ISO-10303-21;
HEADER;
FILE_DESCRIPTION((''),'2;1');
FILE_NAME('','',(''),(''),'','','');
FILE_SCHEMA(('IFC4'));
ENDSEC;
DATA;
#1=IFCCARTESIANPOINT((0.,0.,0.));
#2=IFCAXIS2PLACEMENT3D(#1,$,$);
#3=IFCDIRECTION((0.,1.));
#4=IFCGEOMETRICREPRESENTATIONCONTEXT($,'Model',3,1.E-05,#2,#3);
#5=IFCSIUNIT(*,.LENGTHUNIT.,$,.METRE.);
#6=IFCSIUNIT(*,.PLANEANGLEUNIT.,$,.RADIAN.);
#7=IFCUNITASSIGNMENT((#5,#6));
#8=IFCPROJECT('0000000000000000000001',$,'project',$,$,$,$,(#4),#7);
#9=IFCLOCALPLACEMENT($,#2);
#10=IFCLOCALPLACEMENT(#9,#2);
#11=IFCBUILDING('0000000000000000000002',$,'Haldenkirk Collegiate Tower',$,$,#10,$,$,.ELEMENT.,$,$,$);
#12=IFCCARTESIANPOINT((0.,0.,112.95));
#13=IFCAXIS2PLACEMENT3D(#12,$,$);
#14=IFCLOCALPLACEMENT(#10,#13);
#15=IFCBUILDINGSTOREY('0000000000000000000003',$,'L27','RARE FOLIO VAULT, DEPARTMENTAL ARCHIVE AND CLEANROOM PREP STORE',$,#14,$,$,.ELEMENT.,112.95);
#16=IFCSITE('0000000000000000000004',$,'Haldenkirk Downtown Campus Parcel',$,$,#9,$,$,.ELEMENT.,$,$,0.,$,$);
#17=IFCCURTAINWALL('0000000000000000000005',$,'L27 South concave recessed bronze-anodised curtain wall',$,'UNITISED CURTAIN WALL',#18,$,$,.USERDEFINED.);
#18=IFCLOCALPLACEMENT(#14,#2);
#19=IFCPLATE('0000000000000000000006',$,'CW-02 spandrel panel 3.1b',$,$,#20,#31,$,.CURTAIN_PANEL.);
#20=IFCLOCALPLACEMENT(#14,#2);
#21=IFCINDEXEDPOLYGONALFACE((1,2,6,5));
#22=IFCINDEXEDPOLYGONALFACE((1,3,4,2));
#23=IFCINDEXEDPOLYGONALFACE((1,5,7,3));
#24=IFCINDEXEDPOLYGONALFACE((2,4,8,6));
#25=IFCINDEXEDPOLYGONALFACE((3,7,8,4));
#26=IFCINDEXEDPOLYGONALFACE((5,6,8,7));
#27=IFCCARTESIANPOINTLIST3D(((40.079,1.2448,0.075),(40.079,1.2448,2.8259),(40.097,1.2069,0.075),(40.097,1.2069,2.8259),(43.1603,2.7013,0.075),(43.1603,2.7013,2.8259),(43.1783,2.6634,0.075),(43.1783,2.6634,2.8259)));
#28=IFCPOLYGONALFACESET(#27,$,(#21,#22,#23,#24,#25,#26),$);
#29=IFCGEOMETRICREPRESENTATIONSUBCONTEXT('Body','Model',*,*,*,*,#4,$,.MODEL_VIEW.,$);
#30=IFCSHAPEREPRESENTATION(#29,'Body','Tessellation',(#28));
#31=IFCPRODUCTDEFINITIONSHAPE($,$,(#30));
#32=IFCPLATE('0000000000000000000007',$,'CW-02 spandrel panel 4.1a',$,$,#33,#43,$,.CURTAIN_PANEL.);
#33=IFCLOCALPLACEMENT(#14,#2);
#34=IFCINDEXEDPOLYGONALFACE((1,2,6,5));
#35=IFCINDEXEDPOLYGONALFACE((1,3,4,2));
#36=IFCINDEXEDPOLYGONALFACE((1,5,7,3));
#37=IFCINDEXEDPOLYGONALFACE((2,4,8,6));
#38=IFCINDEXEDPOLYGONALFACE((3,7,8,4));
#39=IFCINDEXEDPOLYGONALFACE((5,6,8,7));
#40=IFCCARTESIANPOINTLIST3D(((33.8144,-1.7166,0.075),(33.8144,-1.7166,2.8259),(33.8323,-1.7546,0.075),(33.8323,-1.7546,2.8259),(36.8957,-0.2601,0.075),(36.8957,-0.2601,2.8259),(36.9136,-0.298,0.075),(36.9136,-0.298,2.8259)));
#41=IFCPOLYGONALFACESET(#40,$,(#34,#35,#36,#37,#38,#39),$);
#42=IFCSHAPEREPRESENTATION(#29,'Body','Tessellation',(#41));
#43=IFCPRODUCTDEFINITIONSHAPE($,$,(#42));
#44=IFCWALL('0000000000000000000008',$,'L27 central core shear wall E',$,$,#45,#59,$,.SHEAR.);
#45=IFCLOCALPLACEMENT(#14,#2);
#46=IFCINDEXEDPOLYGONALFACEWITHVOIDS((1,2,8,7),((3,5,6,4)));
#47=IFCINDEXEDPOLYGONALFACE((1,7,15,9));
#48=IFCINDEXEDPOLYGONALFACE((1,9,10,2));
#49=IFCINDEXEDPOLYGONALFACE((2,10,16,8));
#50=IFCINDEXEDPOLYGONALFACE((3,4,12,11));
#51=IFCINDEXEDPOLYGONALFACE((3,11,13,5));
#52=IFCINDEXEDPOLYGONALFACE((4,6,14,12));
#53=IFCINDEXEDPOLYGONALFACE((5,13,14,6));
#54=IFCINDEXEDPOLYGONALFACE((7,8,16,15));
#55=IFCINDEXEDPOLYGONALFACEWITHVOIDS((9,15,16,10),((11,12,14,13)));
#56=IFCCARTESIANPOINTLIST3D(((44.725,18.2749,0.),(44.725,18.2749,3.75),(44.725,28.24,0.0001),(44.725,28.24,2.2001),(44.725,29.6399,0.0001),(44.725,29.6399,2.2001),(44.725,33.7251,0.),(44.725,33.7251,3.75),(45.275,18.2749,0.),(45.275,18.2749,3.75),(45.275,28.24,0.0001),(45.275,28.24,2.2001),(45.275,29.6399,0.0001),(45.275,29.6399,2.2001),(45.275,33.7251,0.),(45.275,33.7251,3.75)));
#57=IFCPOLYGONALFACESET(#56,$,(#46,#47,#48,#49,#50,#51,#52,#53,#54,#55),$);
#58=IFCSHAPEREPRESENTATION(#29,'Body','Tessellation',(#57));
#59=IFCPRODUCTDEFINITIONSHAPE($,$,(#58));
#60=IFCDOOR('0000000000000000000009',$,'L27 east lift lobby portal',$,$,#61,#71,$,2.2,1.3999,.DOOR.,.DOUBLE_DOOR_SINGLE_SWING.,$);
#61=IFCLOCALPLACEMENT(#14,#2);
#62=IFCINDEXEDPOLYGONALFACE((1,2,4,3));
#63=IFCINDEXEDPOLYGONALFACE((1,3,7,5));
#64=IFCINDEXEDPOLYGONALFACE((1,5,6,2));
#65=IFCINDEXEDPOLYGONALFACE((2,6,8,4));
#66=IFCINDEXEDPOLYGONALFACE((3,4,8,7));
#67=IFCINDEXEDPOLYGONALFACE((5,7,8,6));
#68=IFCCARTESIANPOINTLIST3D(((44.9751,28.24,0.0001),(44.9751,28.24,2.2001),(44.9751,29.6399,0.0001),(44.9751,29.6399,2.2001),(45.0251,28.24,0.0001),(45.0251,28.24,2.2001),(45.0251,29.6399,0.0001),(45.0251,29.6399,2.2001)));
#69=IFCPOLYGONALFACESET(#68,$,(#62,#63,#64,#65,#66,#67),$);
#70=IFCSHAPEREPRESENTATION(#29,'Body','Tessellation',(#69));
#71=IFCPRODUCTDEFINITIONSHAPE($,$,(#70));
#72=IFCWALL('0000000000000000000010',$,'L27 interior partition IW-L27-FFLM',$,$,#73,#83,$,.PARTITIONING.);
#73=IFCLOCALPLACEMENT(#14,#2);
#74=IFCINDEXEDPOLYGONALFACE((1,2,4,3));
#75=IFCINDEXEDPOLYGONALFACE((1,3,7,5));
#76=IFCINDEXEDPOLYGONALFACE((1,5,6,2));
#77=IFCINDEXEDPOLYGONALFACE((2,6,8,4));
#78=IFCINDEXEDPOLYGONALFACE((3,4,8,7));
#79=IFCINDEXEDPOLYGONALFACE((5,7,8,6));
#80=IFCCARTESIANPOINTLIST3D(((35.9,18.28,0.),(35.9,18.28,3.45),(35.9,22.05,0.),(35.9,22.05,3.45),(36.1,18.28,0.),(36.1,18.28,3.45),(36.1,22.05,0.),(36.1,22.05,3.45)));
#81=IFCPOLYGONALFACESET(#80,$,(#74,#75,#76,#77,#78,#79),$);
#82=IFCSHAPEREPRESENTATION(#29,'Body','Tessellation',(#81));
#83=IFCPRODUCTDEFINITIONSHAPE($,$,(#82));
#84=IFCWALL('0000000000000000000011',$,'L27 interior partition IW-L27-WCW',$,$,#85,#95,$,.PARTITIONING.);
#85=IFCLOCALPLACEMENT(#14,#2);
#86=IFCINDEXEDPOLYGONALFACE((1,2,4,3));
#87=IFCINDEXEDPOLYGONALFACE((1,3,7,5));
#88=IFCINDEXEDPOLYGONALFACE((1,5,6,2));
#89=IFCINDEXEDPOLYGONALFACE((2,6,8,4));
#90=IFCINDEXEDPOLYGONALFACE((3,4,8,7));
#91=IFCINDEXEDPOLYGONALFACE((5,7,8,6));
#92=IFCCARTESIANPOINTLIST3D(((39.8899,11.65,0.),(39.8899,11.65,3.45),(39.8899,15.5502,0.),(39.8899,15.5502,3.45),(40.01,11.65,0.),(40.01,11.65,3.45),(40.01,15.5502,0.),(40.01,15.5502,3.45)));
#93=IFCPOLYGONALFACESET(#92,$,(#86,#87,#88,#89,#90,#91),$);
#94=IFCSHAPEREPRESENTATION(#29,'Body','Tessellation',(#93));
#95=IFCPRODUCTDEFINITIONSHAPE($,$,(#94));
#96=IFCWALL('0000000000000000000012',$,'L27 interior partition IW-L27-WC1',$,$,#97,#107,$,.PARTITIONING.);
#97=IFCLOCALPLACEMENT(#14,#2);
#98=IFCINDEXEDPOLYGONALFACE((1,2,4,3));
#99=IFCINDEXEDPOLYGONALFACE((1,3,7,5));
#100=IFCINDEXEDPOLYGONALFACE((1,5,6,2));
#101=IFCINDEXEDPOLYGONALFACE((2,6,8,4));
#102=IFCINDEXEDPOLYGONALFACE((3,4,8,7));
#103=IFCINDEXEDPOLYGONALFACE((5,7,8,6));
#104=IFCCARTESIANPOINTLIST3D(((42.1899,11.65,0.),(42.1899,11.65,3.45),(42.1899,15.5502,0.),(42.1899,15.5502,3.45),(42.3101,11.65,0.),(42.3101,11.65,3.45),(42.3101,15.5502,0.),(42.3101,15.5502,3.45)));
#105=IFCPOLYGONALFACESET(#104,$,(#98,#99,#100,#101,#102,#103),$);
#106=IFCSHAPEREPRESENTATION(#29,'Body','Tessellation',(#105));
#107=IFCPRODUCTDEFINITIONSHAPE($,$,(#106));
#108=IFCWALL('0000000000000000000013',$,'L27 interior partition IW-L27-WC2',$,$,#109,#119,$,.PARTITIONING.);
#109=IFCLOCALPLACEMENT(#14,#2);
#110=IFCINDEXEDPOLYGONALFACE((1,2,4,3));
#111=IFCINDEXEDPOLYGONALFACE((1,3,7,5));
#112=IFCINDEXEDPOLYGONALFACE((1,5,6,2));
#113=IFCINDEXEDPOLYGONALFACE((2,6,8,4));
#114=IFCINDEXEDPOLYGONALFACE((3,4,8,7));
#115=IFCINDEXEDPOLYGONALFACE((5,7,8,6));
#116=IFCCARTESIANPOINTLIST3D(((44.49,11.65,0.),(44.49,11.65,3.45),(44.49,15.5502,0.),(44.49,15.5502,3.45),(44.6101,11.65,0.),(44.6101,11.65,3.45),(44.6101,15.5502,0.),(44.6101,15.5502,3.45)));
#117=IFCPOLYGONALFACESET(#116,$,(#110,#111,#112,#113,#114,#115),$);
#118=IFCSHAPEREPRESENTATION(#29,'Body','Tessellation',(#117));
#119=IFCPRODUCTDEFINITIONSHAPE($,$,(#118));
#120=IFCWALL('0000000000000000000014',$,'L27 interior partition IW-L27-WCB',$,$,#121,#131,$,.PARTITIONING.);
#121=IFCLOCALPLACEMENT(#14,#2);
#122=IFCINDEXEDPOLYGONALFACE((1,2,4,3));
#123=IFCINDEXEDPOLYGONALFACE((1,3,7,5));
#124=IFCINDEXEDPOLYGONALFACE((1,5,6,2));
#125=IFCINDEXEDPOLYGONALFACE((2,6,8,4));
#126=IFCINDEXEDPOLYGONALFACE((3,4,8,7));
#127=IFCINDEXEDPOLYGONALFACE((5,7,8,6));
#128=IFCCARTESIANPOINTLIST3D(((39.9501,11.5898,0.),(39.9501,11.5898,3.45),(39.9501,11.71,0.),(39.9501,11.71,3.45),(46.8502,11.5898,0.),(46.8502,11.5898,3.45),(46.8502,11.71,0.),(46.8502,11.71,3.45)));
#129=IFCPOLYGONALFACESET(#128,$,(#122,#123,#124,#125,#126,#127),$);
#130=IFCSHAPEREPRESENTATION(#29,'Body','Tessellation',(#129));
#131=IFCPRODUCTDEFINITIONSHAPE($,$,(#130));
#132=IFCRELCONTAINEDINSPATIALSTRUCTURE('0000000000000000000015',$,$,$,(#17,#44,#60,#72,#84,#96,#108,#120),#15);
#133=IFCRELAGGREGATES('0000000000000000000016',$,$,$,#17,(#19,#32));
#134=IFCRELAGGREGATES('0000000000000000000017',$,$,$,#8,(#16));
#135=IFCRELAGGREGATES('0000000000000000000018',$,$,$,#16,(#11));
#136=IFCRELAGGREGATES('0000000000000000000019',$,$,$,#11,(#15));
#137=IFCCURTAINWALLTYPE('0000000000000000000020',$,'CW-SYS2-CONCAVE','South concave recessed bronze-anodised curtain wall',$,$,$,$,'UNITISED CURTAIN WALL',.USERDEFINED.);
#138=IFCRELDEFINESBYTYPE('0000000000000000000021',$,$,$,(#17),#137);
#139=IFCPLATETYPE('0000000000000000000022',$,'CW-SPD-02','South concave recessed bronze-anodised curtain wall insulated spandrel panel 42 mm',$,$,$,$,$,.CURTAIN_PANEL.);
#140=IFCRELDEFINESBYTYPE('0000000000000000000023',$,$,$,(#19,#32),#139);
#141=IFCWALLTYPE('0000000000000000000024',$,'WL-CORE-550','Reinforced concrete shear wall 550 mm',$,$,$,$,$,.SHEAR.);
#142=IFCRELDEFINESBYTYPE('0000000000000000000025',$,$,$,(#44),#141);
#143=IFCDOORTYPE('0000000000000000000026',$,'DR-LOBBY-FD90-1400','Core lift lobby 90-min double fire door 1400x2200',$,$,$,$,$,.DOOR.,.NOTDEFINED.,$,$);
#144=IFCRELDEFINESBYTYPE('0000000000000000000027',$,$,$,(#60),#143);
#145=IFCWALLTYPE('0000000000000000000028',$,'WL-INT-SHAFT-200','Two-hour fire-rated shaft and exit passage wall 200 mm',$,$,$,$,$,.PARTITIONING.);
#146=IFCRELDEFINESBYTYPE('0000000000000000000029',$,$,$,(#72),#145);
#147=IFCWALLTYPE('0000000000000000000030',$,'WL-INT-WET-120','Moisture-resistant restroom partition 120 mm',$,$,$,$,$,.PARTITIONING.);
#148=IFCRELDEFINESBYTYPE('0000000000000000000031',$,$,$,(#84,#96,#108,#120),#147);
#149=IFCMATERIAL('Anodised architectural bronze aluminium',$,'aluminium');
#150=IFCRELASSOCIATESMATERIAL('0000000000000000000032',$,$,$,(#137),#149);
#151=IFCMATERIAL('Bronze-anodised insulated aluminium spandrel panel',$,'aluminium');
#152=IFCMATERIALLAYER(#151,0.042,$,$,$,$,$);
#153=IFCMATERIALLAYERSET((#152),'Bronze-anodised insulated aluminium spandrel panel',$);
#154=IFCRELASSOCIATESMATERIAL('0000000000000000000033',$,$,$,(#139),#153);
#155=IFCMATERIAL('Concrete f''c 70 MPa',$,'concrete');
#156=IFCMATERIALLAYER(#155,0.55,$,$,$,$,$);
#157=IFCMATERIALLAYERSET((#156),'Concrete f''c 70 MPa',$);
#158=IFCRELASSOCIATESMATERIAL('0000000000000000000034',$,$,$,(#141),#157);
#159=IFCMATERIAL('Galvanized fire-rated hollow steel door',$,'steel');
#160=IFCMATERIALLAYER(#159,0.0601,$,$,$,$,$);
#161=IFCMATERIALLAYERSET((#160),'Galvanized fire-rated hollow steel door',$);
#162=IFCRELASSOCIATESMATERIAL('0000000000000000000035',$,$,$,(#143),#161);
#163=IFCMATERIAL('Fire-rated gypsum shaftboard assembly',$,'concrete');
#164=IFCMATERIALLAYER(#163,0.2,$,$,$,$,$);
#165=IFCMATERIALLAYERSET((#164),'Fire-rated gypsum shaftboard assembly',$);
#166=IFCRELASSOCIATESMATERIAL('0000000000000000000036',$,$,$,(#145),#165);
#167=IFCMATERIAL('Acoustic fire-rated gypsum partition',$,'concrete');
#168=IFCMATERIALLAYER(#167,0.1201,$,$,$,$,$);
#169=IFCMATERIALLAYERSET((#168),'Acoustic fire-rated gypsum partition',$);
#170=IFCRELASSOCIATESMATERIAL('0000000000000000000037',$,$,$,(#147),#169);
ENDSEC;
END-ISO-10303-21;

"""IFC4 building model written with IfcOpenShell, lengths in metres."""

from ifc_helpers import new_model, si_unit, direction, frame, frame_2d, origin, origin_2d, place, context, subcontext, project, spatial, rectangle, extrude, source, transform, mapped, material, layer, layer_set, type_object, element, fill, aggregate, save


model = new_model("IFC4")

# Units and contexts
model_context = context("Model", 3, precision=1e-05, world=origin(), true_north=direction((0.0, 1.0)))
body_context = subcontext(model_context, "Body", "Model", "MODEL_VIEW")
ifc_project = project(units=[si_unit("LENGTHUNIT", "METRE"), si_unit("PLANEANGLEUNIT", "RADIAN")], contexts=[model_context])

# Site, building, storey
site_placement = place(None, origin())
site = spatial("IfcSite", under=ifc_project, at=site_placement, Name="Haldenkirk Downtown Campus Parcel", CompositionType="ELEMENT", RefElevation=0.0)
building_placement = place(site_placement, origin())
building = spatial("IfcBuilding", under=site, at=building_placement, Name="Haldenkirk Collegiate Tower", CompositionType="ELEMENT")
storey_placement = place(building_placement, frame((0.0, 0.0, 112.95)))
storey = spatial("IfcBuildingStorey", under=building, at=storey_placement, Name="L27", Description="RARE FOLIO VAULT, DEPARTMENTAL ARCHIVE AND CLEANROOM PREP STORE", CompositionType="ELEMENT", Elevation=112.95)

# Curtain wall, plates
ifc_material_1 = material(Name="Anodised architectural bronze aluminium", Category="aluminium")
curtain_wall_type = type_object("IfcCurtainWallType", Name="CW-SYS2-CONCAVE", Description="South concave recessed bronze-anodised curtain wall", ElementType="UNITISED CURTAIN WALL", PredefinedType="USERDEFINED", material=ifc_material_1)
curtain_wall_placement = place(storey_placement, origin())
curtain_wall = element("IfcCurtainWall", 1, at=curtain_wall_placement, inside=storey, type_object=curtain_wall_type, Name="L27 South concave recessed bronze-anodised curtain wall", ObjectType="UNITISED CURTAIN WALL", PredefinedType="USERDEFINED")
ifc_material_2 = material(Name="Bronze-anodised insulated aluminium spandrel panel", Category="aluminium")
ifc_layer_1 = layer(ifc_material_2, 0.042)
ifc_layer_set_1 = layer_set([ifc_layer_1], Name="Bronze-anodised insulated aluminium spandrel panel")
plate_type_1 = type_object("IfcPlateType", Name="CW-SPD-02", Description="South concave recessed bronze-anodised curtain wall insulated spandrel panel 42 mm", PredefinedType="CURTAIN_PANEL", material=ifc_layer_set_1)
shared_shape_1 = source(origin(), body_context, "Body", "SweptSolid", [
    extrude(rectangle(XDim=3.4082, YDim=0.042, at=origin_2d()), origin(), (0.0, 0.0, 1.0), 2.751),
])
plate_1_placement = place(storey_placement, frame((41.6287, 1.9541, 0.075), z_axis=(0.0, 0.0, 1.0), x_axis=(-0.904082, -0.427359, 0.0)))
plate_1 = element("IfcPlate", 2, at=plate_1_placement, type_object=plate_type_1, Name="CW-02 spandrel panel 3.1b", PredefinedType="CURTAIN_PANEL", context=body_context, shape_type="MappedRepresentation", body=[
    mapped(shared_shape_1, transform((0.0, 0.0, 0.0), x_axis=(1.0, 0.0, 0.0), y_axis=(0.0, 1.0, 0.0), z_axis=(0.0, 0.0, 1.0), scale=1.0)),
])
plate_2_placement = place(storey_placement, frame((35.364, -1.0073, 0.075), z_axis=(0.0, 0.0, 1.0), x_axis=(-0.904082, -0.427359, 0.0)))
plate_2 = element("IfcPlate", 3, at=plate_2_placement, type_object=plate_type_1, Name="CW-02 spandrel panel 4.1a", PredefinedType="CURTAIN_PANEL", context=body_context, shape_type="MappedRepresentation", body=[
    mapped(shared_shape_1, transform((0.0, 0.0, 0.0), x_axis=(1.0, 0.0, 0.0), y_axis=(0.0, 1.0, 0.0), z_axis=(0.0, 0.0, 1.0), scale=1.0)),
])
aggregate(curtain_wall, [plate_1, plate_2])

# Wall, opening, door
ifc_material_3 = material(Name="Concrete f'c 70 MPa", Category="concrete")
ifc_layer_2 = layer(ifc_material_3, 0.55)
ifc_layer_set_2 = layer_set([ifc_layer_2], Name="Concrete f'c 70 MPa")
wall_type_1 = type_object("IfcWallType", Name="WL-CORE-550", Description="Reinforced concrete shear wall 550 mm", PredefinedType="SHEAR", material=ifc_layer_set_2)
wall_1_placement = place(storey_placement, frame((45.0, 18.2749, 0.0), z_axis=(0.0, 0.0, 1.0), x_axis=(0.0, 1.0, 0.0)))
wall_1 = element("IfcWall", 4, at=wall_1_placement, inside=storey, type_object=wall_type_1, Name="L27 central core shear wall E", PredefinedType="SHEAR", context=body_context, shape_type="SweptSolid", body=[
    extrude(rectangle(XDim=15.4502, YDim=0.55, at=frame_2d((7.7251, 0.0))), origin(), (0.0, 0.0, 1.0), 3.75),
])
opening_placement = place(wall_1_placement, frame((9.9651, 0.0, 0.0)))
opening = element("IfcOpeningElement", 5, at=opening_placement, cuts=wall_1, PredefinedType="OPENING", context=body_context, shape_type="SweptSolid", body=[
    extrude(rectangle(XDim=1.3999, YDim=2.2, at=frame_2d((0.7, 1.1001))), frame((0.0, 0.2849, 0.0), z_axis=(0.0, -1.0, 0.0), x_axis=(1.0, 0.0, 0.0)), (0.0, 0.0, 1.0), 0.5701),
])
ifc_material_4 = material(Name="Galvanized fire-rated hollow steel door", Category="steel")
ifc_layer_3 = layer(ifc_material_4, 0.0601)
ifc_layer_set_3 = layer_set([ifc_layer_3], Name="Galvanized fire-rated hollow steel door")
door_type = type_object("IfcDoorType", Name="DR-LOBBY-FD90-1400", Description="Core lift lobby 90-min double fire door 1400x2200", OperationType="NOTDEFINED", PredefinedType="DOOR", material=ifc_layer_set_3)
door_placement = place(opening_placement, origin())
door = element("IfcDoor", 6, at=door_placement, inside=storey, type_object=door_type, Name="L27 east lift lobby portal", OperationType="DOUBLE_DOOR_SINGLE_SWING", OverallHeight=2.2, OverallWidth=1.3999, PredefinedType="DOOR", context=body_context, shape_type="SweptSolid", body=[
    extrude(rectangle(XDim=1.3999, YDim=2.2, at=frame_2d((0.7, 1.1001))), frame((0.0, 0.0249, 0.0), z_axis=(0.0, -1.0, 0.0), x_axis=(1.0, 0.0, 0.0)), (0.0, 0.0, 1.0), 0.05),
])
fill(opening, door)

# Walls
ifc_material_5 = material(Name="Fire-rated gypsum shaftboard assembly", Category="concrete")
ifc_layer_4 = layer(ifc_material_5, 0.2)
ifc_layer_set_4 = layer_set([ifc_layer_4], Name="Fire-rated gypsum shaftboard assembly")
wall_type_2 = type_object("IfcWallType", Name="WL-INT-SHAFT-200", Description="Two-hour fire-rated shaft and exit passage wall 200 mm", PredefinedType="PARTITIONING", material=ifc_layer_set_4)
wall_2_placement = place(storey_placement, frame((36.0, 18.28, 0.0), z_axis=(0.0, 0.0, 1.0), x_axis=(0.0, 1.0, 0.0)))
element("IfcWall", 7, at=wall_2_placement, inside=storey, type_object=wall_type_2, Name="L27 interior partition IW-L27-FFLM", PredefinedType="PARTITIONING", context=body_context, shape_type="SweptSolid", body=[
    extrude(rectangle(XDim=3.77, YDim=0.2, at=frame_2d((1.885, 0.0))), origin(), (0.0, 0.0, 1.0), 3.45),
])
ifc_material_6 = material(Name="Acoustic fire-rated gypsum partition", Category="concrete")
ifc_layer_5 = layer(ifc_material_6, 0.1201)
ifc_layer_set_5 = layer_set([ifc_layer_5], Name="Acoustic fire-rated gypsum partition")
wall_type_3 = type_object("IfcWallType", Name="WL-INT-WET-120", Description="Moisture-resistant restroom partition 120 mm", PredefinedType="PARTITIONING", material=ifc_layer_set_5)
for number, where, z_axis, x_axis, name in (
    (8, (39.95, 11.6499, 0.0), (0.0, 0.0, 1.0), (0.0, 1.0, 0.0), "L27 interior partition IW-L27-WCW"),
    (9, (42.25, 11.6499, 0.0), (0.0, 0.0, 1.0), (0.0, 1.0, 0.0), "L27 interior partition IW-L27-WC1"),
    (10, (44.55, 11.6499, 0.0), (0.0, 0.0, 1.0), (0.0, 1.0, 0.0), "L27 interior partition IW-L27-WC2"),
):
    element("IfcWall", number, at=place(storey_placement, frame(where, z_axis=z_axis, x_axis=x_axis)), inside=storey, type_object=wall_type_3, Name=name, PredefinedType="PARTITIONING", context=body_context, shape_type="SweptSolid", body=[
        extrude(rectangle(XDim=3.9001, YDim=0.1201, at=frame_2d((1.9502, 0.0))), origin(), (0.0, 0.0, 1.0), 3.45),
    ])
wall_3_placement = place(storey_placement, frame((39.95, 11.6499, 0.0), z_axis=(0.0, 0.0, 1.0), x_axis=(1.0, 0.0, 0.0)))
element("IfcWall", 11, at=wall_3_placement, inside=storey, type_object=wall_type_3, Name="L27 interior partition IW-L27-WCB", PredefinedType="PARTITIONING", context=body_context, shape_type="SweptSolid", body=[
    extrude(rectangle(XDim=6.9001, YDim=0.1201, at=frame_2d((3.4502, 0.0))), origin(), (0.0, 0.0, 1.0), 3.45),
])

save(model, "model.ifc")
